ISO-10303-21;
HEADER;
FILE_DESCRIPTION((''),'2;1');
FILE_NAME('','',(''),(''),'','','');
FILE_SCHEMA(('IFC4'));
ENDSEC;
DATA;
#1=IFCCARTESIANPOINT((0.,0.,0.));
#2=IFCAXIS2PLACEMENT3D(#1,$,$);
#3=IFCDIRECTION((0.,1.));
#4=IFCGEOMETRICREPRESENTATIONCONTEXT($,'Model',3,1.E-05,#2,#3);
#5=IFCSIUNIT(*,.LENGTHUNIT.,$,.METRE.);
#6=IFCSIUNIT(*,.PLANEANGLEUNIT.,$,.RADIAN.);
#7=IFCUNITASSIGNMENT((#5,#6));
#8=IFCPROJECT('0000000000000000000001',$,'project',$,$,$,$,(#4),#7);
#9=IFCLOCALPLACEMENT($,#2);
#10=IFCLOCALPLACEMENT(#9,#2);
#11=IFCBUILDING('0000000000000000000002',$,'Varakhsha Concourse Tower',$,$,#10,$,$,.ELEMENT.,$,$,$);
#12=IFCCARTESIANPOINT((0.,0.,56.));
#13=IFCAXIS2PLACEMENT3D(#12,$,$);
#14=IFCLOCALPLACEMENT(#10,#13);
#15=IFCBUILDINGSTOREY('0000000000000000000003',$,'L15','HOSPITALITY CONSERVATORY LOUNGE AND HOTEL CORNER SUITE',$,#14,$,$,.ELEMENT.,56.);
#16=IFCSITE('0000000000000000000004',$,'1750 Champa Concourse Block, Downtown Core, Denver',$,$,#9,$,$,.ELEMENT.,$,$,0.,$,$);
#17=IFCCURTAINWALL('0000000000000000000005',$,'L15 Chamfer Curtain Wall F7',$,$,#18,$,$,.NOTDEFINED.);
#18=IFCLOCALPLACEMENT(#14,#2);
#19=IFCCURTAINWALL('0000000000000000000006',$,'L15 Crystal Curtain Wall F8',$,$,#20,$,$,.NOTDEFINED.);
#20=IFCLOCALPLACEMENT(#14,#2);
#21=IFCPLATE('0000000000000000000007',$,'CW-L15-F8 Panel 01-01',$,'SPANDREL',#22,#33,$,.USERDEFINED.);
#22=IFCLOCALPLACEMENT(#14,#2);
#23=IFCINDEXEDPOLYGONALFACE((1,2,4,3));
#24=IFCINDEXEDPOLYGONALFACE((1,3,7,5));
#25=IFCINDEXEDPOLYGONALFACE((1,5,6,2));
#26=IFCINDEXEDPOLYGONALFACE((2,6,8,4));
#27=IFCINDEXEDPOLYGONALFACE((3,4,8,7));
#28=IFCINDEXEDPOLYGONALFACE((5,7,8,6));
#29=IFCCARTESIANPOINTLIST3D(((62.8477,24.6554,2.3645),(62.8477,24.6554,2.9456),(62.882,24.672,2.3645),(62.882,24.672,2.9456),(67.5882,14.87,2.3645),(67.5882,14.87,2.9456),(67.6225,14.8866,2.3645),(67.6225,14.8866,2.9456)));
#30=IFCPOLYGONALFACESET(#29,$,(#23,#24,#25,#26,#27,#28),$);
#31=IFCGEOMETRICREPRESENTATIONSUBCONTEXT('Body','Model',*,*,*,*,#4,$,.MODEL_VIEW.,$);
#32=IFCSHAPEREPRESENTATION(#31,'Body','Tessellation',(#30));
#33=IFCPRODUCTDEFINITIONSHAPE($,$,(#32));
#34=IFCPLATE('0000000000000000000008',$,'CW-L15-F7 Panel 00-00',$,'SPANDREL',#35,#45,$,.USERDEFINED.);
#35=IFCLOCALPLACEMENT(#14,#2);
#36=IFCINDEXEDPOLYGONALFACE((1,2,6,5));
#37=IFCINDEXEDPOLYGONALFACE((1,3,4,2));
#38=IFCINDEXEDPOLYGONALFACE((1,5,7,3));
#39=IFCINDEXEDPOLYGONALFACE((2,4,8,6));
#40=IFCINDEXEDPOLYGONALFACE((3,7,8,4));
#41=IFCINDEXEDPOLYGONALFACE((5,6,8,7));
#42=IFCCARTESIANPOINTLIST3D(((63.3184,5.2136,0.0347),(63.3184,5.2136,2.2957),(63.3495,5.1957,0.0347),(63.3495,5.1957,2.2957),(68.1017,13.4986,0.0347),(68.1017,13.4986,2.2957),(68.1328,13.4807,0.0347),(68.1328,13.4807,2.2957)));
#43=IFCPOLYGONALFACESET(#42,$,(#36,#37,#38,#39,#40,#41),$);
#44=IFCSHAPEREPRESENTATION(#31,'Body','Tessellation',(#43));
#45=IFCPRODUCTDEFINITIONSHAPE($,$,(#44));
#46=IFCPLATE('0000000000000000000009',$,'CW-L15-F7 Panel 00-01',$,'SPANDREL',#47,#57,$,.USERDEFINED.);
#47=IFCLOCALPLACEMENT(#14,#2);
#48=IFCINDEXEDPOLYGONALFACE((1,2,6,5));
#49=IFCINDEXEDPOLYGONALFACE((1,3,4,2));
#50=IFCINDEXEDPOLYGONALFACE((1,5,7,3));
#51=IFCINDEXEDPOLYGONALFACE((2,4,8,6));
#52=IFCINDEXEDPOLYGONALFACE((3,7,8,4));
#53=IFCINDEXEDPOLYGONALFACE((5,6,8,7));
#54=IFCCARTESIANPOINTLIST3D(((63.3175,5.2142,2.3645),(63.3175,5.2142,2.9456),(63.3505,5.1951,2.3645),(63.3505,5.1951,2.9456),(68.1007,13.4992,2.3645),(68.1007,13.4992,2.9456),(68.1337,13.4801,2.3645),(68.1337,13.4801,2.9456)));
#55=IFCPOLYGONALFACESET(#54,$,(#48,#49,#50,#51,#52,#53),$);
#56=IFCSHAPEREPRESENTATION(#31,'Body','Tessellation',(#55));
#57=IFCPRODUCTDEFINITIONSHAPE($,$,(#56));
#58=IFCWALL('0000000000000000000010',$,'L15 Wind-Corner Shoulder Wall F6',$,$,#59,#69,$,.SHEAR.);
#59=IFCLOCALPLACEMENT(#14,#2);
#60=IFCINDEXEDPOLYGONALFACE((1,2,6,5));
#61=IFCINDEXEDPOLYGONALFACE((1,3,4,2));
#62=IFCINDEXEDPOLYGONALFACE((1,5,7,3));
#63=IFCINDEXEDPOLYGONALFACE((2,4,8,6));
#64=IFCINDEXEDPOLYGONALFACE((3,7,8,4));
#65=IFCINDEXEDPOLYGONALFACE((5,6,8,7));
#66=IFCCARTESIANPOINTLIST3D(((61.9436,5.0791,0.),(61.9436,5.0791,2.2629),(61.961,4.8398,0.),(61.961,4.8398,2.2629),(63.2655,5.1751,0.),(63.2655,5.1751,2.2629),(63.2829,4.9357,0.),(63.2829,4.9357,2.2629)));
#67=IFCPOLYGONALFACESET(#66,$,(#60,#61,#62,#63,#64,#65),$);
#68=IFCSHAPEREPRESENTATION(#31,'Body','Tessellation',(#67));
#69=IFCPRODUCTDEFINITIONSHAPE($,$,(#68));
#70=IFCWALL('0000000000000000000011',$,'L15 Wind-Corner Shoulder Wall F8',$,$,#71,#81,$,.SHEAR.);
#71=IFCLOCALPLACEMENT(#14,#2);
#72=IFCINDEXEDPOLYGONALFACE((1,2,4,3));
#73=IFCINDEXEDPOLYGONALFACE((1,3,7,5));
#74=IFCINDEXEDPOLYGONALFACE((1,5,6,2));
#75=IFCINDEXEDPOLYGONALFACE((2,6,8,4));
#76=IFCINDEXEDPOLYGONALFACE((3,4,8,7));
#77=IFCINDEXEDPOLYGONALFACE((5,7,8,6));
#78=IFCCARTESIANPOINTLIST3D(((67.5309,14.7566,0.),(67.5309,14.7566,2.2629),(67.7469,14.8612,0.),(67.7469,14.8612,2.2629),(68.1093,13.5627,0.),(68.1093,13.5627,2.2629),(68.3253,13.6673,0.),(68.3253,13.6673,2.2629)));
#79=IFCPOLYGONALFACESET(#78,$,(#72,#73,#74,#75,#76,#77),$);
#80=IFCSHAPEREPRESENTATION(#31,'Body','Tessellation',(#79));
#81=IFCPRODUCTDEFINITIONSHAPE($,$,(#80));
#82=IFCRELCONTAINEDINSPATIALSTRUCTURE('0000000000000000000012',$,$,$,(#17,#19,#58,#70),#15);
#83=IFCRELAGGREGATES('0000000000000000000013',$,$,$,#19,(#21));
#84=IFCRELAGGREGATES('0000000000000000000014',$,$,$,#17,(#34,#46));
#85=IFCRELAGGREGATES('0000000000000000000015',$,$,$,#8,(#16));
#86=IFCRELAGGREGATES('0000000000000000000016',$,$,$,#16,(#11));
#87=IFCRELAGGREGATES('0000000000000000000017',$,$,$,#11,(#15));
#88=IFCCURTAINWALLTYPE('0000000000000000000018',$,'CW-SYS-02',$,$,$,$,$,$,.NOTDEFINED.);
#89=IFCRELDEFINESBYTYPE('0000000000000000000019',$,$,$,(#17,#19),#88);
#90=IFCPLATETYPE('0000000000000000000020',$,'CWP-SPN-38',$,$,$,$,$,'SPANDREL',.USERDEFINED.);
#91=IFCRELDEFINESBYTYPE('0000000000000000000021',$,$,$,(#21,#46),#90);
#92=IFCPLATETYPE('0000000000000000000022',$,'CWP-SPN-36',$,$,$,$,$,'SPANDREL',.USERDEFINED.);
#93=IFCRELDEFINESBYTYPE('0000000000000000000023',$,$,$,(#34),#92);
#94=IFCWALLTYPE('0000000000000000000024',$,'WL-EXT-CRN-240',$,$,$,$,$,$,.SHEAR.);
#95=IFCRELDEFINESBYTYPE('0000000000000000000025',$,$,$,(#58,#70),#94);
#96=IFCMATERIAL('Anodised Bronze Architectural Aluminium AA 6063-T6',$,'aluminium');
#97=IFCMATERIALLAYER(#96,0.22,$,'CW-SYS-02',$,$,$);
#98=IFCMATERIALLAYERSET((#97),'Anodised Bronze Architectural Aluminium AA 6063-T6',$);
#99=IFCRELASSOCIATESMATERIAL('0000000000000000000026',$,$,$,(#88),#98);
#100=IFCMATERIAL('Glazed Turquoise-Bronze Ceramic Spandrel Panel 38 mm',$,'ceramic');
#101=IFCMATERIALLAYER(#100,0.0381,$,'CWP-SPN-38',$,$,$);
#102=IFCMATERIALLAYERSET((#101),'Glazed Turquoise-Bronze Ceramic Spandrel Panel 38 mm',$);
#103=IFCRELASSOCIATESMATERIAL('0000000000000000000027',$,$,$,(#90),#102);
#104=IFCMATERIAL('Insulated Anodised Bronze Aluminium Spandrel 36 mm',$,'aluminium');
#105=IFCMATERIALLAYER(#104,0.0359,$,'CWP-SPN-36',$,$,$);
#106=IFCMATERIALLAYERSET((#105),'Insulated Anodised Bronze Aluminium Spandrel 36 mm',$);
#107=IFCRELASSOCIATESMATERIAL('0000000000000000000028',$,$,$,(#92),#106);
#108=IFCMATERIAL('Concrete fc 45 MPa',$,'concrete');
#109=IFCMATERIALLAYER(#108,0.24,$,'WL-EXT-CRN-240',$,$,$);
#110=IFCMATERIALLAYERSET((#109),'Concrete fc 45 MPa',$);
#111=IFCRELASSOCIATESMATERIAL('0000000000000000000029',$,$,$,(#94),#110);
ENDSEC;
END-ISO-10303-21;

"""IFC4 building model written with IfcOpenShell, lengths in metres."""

from ifc_helpers import new_model, si_unit, direction, frame, frame_2d, origin, origin_2d, place, context, subcontext, project, spatial, rectangle, extrude, source, transform, mapped, material, layer, layer_set, type_object, type_shapes, element, aggregate, save


model = new_model("IFC4")

# Units and contexts
model_context = context("Model", 3, precision=1e-05, world=origin(), true_north=direction((0.0, 1.0)))
body_context = subcontext(model_context, "Body", "Model", "MODEL_VIEW")
ifc_project = project(units=[si_unit("LENGTHUNIT", "METRE"), si_unit("PLANEANGLEUNIT", "RADIAN")], contexts=[model_context])

# Site, building, storey
site_placement = place(None, origin())
site = spatial("IfcSite", under=ifc_project, at=site_placement, Name="1750 Champa Concourse Block, Downtown Core, Denver", CompositionType="ELEMENT", RefElevation=0.0)
building_placement = place(site_placement, origin())
building = spatial("IfcBuilding", under=site, at=building_placement, Name="Varakhsha Concourse Tower", CompositionType="ELEMENT")
storey_placement = place(building_placement, frame((0.0, 0.0, 56.0)))
storey = spatial("IfcBuildingStorey", under=building, at=storey_placement, Name="L15", Description="HOSPITALITY CONSERVATORY LOUNGE AND HOTEL CORNER SUITE", CompositionType="ELEMENT", Elevation=56.0)

# Shared definitions
ifc_material_1 = material(Name="Anodised Bronze Architectural Aluminium AA 6063-T6", Category="aluminium")
ifc_layer_1 = layer(ifc_material_1, 0.22, Name="CW-SYS-02")
ifc_layer_set_1 = layer_set([ifc_layer_1], Name="Anodised Bronze Architectural Aluminium AA 6063-T6")
curtain_wall_type = type_object("IfcCurtainWallType", Name="CW-SYS-02", PredefinedType="NOTDEFINED", material=ifc_layer_set_1)

# Curtain wall
curtain_wall_1_placement = place(storey_placement, origin())
curtain_wall_1 = element("IfcCurtainWall", 1, at=curtain_wall_1_placement, inside=storey, type_object=curtain_wall_type, Name="L15 Chamfer Curtain Wall F7", PredefinedType="NOTDEFINED")

# Curtain wall
curtain_wall_2_placement = place(storey_placement, origin())
curtain_wall_2 = element("IfcCurtainWall", 2, at=curtain_wall_2_placement, inside=storey, type_object=curtain_wall_type, Name="L15 Crystal Curtain Wall F8", PredefinedType="NOTDEFINED")

# Plates
ifc_material_2 = material(Name="Glazed Turquoise-Bronze Ceramic Spandrel Panel 38 mm", Category="ceramic")
ifc_layer_2 = layer(ifc_material_2, 0.0381, Name="CWP-SPN-38")
ifc_layer_set_2 = layer_set([ifc_layer_2], Name="Glazed Turquoise-Bronze Ceramic Spandrel Panel 38 mm")
plate_type_1 = type_object("IfcPlateType", Name="CWP-SPN-38", ElementType="SPANDREL", PredefinedType="USERDEFINED", material=ifc_layer_set_2)
shared_shape_1 = source(origin(), body_context, "Body", "SweptSolid", [
    extrude(rectangle(XDim=10.8733, YDim=0.0381, at=origin_2d()), origin(), (0.0, 0.0, 1.0), 0.5811),
])
plate_1_placement = place(storey_placement, frame((65.2351, 19.771, 2.3645), z_axis=(0.0, 0.0, 1.0), x_axis=(0.435982, -0.899955, 0.0)))
plate_1 = element("IfcPlate", 3, at=plate_1_placement, type_object=plate_type_1, Name="CW-L15-F8 Panel 01-01", ObjectType="SPANDREL", PredefinedType="USERDEFINED", context=body_context, shape_type="MappedRepresentation", body=[
    mapped(shared_shape_1, transform((0.0, 0.0, 0.0), scale=1.0)),
])
aggregate(curtain_wall_2, [plate_1])
ifc_material_3 = material(Name="Insulated Anodised Bronze Aluminium Spandrel 36 mm", Category="aluminium")
ifc_layer_3 = layer(ifc_material_3, 0.0359, Name="CWP-SPN-36")
ifc_layer_set_3 = layer_set([ifc_layer_3], Name="Insulated Anodised Bronze Aluminium Spandrel 36 mm")
plate_type_2 = type_object("IfcPlateType", Name="CWP-SPN-36", ElementType="SPANDREL", PredefinedType="USERDEFINED", material=ifc_layer_set_3)
shared_shape_2 = source(origin(), body_context, "Body", "SweptSolid", [
    extrude(rectangle(XDim=9.5667, YDim=0.0359, at=origin_2d()), origin(), (0.0, 0.0, 1.0), 2.261),
])
type_shapes(plate_type_2, [shared_shape_2])
plate_2_placement = place(storey_placement, frame((65.7256, 9.3472, 0.0347), z_axis=(0.0, 0.0, 1.0), x_axis=(-0.499992, -0.86603, 0.0)))
plate_2 = element("IfcPlate", 4, at=plate_2_placement, type_object=plate_type_2, Name="CW-L15-F7 Panel 00-00", ObjectType="SPANDREL", PredefinedType="USERDEFINED", context=body_context, shape_type="MappedRepresentation", body=[
    mapped(shared_shape_2, transform((0.0, 0.0, 0.0), scale=1.0)),
])
shared_shape_3 = source(origin(), body_context, "Body", "SweptSolid", [
    extrude(rectangle(XDim=9.5667, YDim=0.0381, at=origin_2d()), origin(), (0.0, 0.0, 1.0), 0.5811),
])
plate_3_placement = place(storey_placement, frame((65.7256, 9.3472, 2.3645), z_axis=(0.0, 0.0, 1.0), x_axis=(-0.499992, -0.86603, 0.0)))
plate_3 = element("IfcPlate", 5, at=plate_3_placement, type_object=plate_type_1, Name="CW-L15-F7 Panel 00-01", ObjectType="SPANDREL", PredefinedType="USERDEFINED", context=body_context, shape_type="MappedRepresentation", body=[
    mapped(shared_shape_3, transform((0.0, 0.0, 0.0), scale=1.0)),
])
aggregate(curtain_wall_1, [plate_2, plate_3])

# Walls
ifc_material_4 = material(Name="Concrete fc 45 MPa", Category="concrete")
ifc_layer_4 = layer(ifc_material_4, 0.24, Name="WL-EXT-CRN-240")
ifc_layer_set_4 = layer_set([ifc_layer_4], Name="Concrete fc 45 MPa")
wall_type = type_object("IfcWallType", Name="WL-EXT-CRN-240", PredefinedType="SHEAR", material=ifc_layer_set_4)
wall_1_placement = place(storey_placement, frame((61.9524, 4.9595, 0.0), z_axis=(0.0, 0.0, 1.0), x_axis=(0.997377, 0.072386, 0.0)))
element("IfcWall", 6, at=wall_1_placement, inside=storey, type_object=wall_type, Name="L15 Wind-Corner Shoulder Wall F6", PredefinedType="SHEAR", context=body_context, shape_type="SweptSolid", body=[
    extrude(rectangle(XDim=1.3254, YDim=0.24, at=frame_2d((0.6626, 0.0))), origin(), (0.0, 0.0, 1.0), 2.2629),
])
wall_2_placement = place(storey_placement, frame((68.2173, 13.615, 0.0), z_axis=(0.0, 0.0, 1.0), x_axis=(-0.435989, 0.899952, 0.0)))
element("IfcWall", 7, at=wall_2_placement, inside=storey, type_object=wall_type, Name="L15 Wind-Corner Shoulder Wall F8", PredefinedType="SHEAR", context=body_context, shape_type="SweptSolid", body=[
    extrude(rectangle(XDim=1.3267, YDim=0.24, at=frame_2d((0.6633, 0.0))), origin(), (0.0, 0.0, 1.0), 2.2629),
])

save(model, "model.ifc")
